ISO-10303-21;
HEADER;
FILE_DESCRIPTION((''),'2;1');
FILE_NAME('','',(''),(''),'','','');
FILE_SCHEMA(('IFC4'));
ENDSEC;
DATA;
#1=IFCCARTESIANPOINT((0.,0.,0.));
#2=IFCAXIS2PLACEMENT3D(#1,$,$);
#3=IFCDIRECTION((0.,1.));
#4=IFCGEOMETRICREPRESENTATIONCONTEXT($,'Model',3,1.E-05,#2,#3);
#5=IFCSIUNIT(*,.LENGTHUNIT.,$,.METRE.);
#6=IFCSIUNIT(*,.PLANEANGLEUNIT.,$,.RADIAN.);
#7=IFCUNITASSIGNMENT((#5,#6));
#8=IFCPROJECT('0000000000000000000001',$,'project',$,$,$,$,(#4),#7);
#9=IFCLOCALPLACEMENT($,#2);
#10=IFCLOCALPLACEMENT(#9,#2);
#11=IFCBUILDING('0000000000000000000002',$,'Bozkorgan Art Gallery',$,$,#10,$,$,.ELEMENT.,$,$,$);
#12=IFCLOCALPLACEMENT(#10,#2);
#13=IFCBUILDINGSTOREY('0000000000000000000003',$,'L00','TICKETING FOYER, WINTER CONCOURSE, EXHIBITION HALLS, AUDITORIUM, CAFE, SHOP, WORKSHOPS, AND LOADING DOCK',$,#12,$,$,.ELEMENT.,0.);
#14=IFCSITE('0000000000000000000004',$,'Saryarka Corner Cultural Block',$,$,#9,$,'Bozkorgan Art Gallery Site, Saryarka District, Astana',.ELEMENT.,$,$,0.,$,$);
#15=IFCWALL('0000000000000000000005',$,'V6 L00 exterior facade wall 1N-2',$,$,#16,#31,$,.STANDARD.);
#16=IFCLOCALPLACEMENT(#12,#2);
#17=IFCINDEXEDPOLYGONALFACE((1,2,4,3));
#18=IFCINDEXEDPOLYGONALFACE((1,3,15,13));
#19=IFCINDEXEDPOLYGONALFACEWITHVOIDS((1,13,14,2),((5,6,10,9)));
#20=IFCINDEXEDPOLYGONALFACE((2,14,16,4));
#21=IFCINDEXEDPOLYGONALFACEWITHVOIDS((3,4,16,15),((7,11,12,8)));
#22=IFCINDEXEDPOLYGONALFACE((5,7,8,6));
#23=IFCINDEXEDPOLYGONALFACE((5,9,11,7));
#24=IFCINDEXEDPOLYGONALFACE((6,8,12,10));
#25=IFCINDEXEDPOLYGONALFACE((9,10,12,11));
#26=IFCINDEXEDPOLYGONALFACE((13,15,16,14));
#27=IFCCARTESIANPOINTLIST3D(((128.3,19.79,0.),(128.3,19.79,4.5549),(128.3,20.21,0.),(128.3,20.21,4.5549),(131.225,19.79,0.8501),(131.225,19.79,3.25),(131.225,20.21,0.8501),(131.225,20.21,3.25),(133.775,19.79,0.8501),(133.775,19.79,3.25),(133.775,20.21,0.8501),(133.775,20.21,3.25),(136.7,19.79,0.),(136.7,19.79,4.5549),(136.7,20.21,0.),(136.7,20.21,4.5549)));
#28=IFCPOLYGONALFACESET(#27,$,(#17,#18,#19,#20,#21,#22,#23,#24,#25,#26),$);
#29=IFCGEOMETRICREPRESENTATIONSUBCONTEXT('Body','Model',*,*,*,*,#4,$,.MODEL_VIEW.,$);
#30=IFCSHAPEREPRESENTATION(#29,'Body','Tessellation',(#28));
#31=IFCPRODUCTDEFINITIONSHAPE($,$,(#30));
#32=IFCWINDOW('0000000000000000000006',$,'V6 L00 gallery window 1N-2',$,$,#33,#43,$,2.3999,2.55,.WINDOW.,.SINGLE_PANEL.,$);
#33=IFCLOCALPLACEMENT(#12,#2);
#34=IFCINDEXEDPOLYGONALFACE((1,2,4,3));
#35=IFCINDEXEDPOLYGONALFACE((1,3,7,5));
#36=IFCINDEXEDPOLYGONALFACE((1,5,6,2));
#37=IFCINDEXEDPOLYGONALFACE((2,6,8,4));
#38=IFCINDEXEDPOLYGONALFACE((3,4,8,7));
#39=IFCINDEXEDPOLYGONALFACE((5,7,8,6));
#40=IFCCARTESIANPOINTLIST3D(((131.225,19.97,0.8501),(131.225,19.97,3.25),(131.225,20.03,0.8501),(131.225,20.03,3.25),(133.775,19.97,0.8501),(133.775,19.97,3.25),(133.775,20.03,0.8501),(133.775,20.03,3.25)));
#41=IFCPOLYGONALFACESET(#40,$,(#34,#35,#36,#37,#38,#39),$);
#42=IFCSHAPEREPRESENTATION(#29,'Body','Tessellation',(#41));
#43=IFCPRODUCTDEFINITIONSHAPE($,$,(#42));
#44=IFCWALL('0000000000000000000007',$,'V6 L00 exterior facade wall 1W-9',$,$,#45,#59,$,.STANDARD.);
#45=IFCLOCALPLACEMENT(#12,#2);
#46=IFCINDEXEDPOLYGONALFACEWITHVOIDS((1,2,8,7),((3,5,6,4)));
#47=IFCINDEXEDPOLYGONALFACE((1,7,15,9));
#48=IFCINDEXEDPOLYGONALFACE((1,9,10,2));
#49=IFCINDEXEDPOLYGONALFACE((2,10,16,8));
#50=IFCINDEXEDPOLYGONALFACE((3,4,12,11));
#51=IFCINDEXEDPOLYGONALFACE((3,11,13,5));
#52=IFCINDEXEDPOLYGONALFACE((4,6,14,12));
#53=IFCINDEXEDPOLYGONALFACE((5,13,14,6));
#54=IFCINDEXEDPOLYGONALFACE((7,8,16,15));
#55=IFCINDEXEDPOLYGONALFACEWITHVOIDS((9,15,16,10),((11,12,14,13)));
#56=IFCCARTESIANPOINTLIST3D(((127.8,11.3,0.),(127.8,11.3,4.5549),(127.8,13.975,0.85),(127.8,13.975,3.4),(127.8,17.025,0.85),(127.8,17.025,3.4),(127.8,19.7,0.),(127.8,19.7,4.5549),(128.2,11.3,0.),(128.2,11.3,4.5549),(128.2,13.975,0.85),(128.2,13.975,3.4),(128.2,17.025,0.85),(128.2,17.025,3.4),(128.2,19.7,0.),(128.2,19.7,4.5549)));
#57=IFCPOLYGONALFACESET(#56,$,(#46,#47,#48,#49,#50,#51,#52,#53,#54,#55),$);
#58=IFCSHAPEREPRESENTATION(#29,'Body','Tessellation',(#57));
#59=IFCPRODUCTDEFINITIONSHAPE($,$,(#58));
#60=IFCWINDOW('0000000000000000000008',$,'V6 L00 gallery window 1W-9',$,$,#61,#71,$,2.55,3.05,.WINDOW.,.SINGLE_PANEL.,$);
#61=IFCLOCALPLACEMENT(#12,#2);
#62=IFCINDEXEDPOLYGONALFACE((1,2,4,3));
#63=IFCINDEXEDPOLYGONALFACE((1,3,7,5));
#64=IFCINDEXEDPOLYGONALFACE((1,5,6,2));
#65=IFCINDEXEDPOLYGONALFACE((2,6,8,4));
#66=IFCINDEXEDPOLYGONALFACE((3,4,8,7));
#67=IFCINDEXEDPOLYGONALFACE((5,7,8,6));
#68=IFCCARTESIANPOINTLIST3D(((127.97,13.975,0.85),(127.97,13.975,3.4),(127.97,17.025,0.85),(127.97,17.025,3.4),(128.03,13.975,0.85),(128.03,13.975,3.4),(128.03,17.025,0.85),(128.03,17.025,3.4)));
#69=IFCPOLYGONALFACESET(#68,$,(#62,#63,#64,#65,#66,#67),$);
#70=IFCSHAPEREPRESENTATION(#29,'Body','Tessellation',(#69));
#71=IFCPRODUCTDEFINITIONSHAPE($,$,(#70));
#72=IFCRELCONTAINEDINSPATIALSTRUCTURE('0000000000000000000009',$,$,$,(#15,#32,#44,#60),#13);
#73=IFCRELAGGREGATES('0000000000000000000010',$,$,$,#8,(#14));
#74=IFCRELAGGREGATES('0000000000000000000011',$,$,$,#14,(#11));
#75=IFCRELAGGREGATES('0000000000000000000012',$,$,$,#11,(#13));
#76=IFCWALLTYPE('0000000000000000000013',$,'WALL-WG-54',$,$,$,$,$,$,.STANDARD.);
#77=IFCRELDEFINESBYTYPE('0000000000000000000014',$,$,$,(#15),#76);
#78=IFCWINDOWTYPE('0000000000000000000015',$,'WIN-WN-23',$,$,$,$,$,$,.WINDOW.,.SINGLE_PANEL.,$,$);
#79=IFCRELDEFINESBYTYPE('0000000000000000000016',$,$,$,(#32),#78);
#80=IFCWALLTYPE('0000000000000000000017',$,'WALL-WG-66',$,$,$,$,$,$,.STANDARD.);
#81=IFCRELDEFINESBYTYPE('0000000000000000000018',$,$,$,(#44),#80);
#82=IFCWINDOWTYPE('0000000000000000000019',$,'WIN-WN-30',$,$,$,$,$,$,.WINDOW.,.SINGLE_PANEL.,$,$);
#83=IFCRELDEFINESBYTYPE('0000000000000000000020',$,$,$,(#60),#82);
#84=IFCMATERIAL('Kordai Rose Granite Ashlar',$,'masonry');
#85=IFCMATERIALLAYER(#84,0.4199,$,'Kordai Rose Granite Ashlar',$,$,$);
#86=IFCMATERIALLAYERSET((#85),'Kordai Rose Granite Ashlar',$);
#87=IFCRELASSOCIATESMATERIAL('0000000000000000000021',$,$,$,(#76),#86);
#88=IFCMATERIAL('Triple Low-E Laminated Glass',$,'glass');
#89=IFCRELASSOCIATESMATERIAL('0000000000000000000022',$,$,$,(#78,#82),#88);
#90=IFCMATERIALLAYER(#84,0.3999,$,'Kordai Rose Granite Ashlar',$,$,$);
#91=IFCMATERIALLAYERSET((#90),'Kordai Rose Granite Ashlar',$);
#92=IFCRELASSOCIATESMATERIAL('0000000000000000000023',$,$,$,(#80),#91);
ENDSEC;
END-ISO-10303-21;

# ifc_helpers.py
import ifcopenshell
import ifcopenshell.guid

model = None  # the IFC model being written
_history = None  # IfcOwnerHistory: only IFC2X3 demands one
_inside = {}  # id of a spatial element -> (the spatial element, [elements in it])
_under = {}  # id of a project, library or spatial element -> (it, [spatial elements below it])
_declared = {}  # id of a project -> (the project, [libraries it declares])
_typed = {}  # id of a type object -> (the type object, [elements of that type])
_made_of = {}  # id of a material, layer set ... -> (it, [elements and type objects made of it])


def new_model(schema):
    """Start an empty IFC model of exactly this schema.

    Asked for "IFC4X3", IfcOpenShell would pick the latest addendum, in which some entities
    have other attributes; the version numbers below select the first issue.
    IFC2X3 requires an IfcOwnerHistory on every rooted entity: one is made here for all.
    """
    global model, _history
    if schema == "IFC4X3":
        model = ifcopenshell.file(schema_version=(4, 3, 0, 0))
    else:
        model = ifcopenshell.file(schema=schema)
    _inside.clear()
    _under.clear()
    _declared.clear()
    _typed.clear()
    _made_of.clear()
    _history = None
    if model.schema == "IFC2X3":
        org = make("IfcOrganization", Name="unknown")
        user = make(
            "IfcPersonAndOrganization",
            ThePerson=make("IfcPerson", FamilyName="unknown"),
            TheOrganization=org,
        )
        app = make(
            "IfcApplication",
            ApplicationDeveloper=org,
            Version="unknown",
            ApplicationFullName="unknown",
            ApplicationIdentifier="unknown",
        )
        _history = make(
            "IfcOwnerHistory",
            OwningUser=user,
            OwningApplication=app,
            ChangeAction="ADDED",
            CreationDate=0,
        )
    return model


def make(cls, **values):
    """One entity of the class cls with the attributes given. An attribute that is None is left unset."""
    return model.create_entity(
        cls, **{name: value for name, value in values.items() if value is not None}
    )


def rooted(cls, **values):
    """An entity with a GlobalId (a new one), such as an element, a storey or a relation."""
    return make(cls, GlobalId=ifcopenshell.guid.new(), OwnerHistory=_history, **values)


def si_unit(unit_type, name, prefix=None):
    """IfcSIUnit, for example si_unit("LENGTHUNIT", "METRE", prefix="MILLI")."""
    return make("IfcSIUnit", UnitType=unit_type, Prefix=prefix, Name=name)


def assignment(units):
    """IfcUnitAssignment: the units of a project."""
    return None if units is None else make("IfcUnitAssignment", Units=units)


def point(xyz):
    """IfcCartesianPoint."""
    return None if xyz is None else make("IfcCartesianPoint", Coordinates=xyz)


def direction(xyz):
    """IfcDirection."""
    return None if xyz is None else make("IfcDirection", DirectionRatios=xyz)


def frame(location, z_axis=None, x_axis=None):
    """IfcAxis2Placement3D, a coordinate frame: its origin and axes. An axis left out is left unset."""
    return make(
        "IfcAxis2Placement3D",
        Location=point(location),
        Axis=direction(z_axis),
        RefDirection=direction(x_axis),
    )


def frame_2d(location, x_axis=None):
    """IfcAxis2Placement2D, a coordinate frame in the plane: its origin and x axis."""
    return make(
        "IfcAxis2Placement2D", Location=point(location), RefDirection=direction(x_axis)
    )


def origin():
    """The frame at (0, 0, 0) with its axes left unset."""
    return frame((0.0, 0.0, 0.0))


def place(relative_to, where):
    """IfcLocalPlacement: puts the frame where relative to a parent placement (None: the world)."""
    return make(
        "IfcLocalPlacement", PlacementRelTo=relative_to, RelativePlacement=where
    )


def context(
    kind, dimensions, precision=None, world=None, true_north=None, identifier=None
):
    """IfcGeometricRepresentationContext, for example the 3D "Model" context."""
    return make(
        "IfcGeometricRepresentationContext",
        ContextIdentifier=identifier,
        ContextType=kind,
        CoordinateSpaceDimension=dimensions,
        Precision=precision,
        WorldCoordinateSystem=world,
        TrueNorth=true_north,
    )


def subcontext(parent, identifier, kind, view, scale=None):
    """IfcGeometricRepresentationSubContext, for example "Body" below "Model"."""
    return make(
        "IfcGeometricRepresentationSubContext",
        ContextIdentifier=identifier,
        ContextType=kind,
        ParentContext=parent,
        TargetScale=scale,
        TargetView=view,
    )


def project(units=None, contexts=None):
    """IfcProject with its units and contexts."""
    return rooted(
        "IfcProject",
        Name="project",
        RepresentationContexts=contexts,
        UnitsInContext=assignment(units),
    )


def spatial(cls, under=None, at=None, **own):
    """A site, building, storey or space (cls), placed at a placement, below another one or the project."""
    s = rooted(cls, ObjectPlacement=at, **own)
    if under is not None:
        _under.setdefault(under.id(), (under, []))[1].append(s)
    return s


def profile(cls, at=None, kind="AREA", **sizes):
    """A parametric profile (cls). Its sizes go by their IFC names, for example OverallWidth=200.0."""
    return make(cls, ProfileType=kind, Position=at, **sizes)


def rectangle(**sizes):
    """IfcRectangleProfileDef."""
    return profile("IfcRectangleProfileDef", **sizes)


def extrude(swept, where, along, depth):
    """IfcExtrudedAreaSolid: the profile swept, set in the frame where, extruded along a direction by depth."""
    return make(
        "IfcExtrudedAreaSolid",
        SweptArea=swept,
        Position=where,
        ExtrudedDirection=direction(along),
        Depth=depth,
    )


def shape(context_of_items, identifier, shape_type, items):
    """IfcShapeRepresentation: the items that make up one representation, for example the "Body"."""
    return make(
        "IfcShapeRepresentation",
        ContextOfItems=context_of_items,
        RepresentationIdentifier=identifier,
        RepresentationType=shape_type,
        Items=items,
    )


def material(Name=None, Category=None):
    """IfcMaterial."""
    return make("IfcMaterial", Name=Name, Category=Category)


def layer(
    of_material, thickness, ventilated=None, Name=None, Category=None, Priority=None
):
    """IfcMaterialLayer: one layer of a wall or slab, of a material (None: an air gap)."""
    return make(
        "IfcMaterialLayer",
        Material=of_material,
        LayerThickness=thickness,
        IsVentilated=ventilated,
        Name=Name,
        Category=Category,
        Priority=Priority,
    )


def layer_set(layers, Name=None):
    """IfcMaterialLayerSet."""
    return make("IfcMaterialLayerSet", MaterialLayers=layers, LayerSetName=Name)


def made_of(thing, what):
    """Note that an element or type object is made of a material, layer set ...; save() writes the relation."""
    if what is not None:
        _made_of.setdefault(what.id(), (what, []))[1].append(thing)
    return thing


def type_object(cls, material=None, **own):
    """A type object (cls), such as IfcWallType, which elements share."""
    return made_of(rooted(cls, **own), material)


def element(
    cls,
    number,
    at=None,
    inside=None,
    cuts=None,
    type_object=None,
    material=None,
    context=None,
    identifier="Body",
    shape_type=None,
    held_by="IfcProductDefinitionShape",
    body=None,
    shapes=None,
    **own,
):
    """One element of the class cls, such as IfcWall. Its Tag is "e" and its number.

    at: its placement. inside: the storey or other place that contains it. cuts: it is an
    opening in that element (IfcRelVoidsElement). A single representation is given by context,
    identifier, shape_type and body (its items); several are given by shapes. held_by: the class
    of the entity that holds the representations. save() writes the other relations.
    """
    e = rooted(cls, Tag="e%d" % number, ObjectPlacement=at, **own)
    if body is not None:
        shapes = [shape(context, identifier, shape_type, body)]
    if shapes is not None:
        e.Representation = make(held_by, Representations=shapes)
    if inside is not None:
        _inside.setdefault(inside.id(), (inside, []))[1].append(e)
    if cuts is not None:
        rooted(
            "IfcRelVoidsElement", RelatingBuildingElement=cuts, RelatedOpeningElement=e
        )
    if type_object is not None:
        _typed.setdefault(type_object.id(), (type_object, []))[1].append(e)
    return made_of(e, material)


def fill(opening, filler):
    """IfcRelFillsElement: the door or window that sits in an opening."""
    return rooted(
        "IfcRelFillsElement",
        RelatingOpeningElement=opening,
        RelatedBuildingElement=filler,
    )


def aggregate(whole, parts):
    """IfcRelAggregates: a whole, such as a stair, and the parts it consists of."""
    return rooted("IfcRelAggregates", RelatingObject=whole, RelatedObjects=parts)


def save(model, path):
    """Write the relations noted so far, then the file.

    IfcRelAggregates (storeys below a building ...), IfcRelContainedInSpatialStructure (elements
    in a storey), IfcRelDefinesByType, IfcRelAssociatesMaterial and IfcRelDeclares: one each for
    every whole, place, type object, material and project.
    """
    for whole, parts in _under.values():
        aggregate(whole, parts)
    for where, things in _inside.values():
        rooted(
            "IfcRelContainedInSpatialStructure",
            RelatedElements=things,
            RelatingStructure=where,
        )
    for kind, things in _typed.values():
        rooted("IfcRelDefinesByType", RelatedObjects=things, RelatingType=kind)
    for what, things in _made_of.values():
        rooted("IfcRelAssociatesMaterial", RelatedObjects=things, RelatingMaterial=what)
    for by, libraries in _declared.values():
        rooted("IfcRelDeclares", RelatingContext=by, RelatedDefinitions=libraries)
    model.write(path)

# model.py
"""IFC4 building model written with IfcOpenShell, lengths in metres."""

from ifc_helpers import new_model, si_unit, direction, frame, frame_2d, origin, place, context, subcontext, project, spatial, rectangle, extrude, material, layer, layer_set, type_object, element, fill, save


model = new_model("IFC4")

# Units and contexts
model_context = context("Model", 3, precision=1e-05, world=origin(), true_north=direction((0.0, 1.0)))
body_context = subcontext(model_context, "Body", "Model", "MODEL_VIEW")
ifc_project = project(units=[si_unit("LENGTHUNIT", "METRE"), si_unit("PLANEANGLEUNIT", "RADIAN")], contexts=[model_context])

# Site, building, storey
site_placement = place(None, origin())
site = spatial("IfcSite", under=ifc_project, at=site_placement, Name="Saryarka Corner Cultural Block", LongName="Bozkorgan Art Gallery Site, Saryarka District, Astana", CompositionType="ELEMENT", RefElevation=0.0)
building_placement = place(site_placement, origin())
building = spatial("IfcBuilding", under=site, at=building_placement, Name="Bozkorgan Art Gallery", CompositionType="ELEMENT")
storey_placement = place(building_placement, origin())
storey = spatial("IfcBuildingStorey", under=building, at=storey_placement, Name="L00", Description="TICKETING FOYER, WINTER CONCOURSE, EXHIBITION HALLS, AUDITORIUM, CAFE, SHOP, WORKSHOPS, AND LOADING DOCK", CompositionType="ELEMENT", Elevation=0.0)

# Walls, openings, windows
ifc_material_1 = material(Name="Kordai Rose Granite Ashlar", Category="masonry")
ifc_layer_1 = layer(ifc_material_1, 0.4199, Name="Kordai Rose Granite Ashlar")
ifc_layer_set_1 = layer_set([ifc_layer_1], Name="Kordai Rose Granite Ashlar")
wall_type_1 = type_object("IfcWallType", Name="WALL-WG-54", PredefinedType="STANDARD", material=ifc_layer_set_1)
wall_1_placement = place(storey_placement, frame((128.3, 20.0, 0.0), z_axis=(0.0, 0.0, 1.0), x_axis=(1.0, 0.0, 0.0)))
wall_1 = element("IfcWall", 1, at=wall_1_placement, inside=storey, type_object=wall_type_1, Name="V6 L00 exterior facade wall 1N-2", PredefinedType="STANDARD", context=body_context, shape_type="SweptSolid", body=[
    extrude(rectangle(XDim=8.3999, YDim=0.4199, at=frame_2d((4.2, 0.0))), origin(), (0.0, 0.0, 1.0), 4.5549),
])
opening_1_placement = place(wall_1_placement, frame((2.925, 0.0, 0.8501)))
opening_1 = element("IfcOpeningElement", 2, at=opening_1_placement, cuts=wall_1, PredefinedType="OPENING", context=body_context, shape_type="SweptSolid", body=[
    extrude(rectangle(XDim=2.55, YDim=2.3999, at=frame_2d((1.2749, 1.2))), frame((0.0, 0.22, 0.0), z_axis=(0.0, -1.0, 0.0), x_axis=(1.0, 0.0, 0.0)), (0.0, 0.0, 1.0), 0.4399),
])
ifc_material_2 = material(Name="Triple Low-E Laminated Glass", Category="glass")
window_type_1 = type_object("IfcWindowType", Name="WIN-WN-23", PartitioningType="SINGLE_PANEL", PredefinedType="WINDOW", material=ifc_material_2)
window_1_placement = place(opening_1_placement, origin())
window_1 = element("IfcWindow", 3, at=window_1_placement, inside=storey, type_object=window_type_1, Name="V6 L00 gallery window 1N-2", OverallHeight=2.3999, OverallWidth=2.55, PartitioningType="SINGLE_PANEL", PredefinedType="WINDOW", context=body_context, shape_type="SweptSolid", body=[
    extrude(rectangle(XDim=2.55, YDim=2.3999, at=frame_2d((1.2749, 1.2))), frame((0.0, 0.03, 0.0), z_axis=(0.0, -1.0, 0.0), x_axis=(1.0, 0.0, 0.0)), (0.0, 0.0, 1.0), 0.0601),
])
fill(opening_1, window_1)
ifc_layer_2 = layer(ifc_material_1, 0.3999, Name="Kordai Rose Granite Ashlar")
ifc_layer_set_2 = layer_set([ifc_layer_2], Name="Kordai Rose Granite Ashlar")
wall_type_2 = type_object("IfcWallType", Name="WALL-WG-66", PredefinedType="STANDARD", material=ifc_layer_set_2)
wall_2_placement = place(storey_placement, frame((128.0, 11.3, 0.0), z_axis=(0.0, 0.0, 1.0), x_axis=(0.0, 1.0, 0.0)))
wall_2 = element("IfcWall", 4, at=wall_2_placement, inside=storey, type_object=wall_type_2, Name="V6 L00 exterior facade wall 1W-9", PredefinedType="STANDARD", context=body_context, shape_type="SweptSolid", body=[
    extrude(rectangle(XDim=8.3999, YDim=0.3999, at=frame_2d((4.2, 0.0))), origin(), (0.0, 0.0, 1.0), 4.5549),
])
opening_2_placement = place(wall_2_placement, frame((2.675, 0.0, 0.8501)))
opening_2 = element("IfcOpeningElement", 5, at=opening_2_placement, cuts=wall_2, PredefinedType="OPENING", context=body_context, shape_type="SweptSolid", body=[
    extrude(rectangle(XDim=3.05, YDim=2.55, at=frame_2d((1.5249, 1.2749))), frame((0.0, 0.21, 0.0), z_axis=(0.0, -1.0, 0.0), x_axis=(1.0, 0.0, 0.0)), (0.0, 0.0, 1.0), 0.4199),
])
window_type_2 = type_object("IfcWindowType", Name="WIN-WN-30", PartitioningType="SINGLE_PANEL", PredefinedType="WINDOW", material=ifc_material_2)
window_2_placement = place(opening_2_placement, origin())
window_2 = element("IfcWindow", 6, at=window_2_placement, inside=storey, type_object=window_type_2, Name="V6 L00 gallery window 1W-9", OverallHeight=2.55, OverallWidth=3.05, PartitioningType="SINGLE_PANEL", PredefinedType="WINDOW", context=body_context, shape_type="SweptSolid", body=[
    extrude(rectangle(XDim=3.05, YDim=2.55, at=frame_2d((1.5249, 1.2749))), frame((0.0, 0.03, 0.0), z_axis=(0.0, -1.0, 0.0), x_axis=(1.0, 0.0, 0.0)), (0.0, 0.0, 1.0), 0.0601),
])
fill(opening_2, window_2)

save(model, "model.ifc")
